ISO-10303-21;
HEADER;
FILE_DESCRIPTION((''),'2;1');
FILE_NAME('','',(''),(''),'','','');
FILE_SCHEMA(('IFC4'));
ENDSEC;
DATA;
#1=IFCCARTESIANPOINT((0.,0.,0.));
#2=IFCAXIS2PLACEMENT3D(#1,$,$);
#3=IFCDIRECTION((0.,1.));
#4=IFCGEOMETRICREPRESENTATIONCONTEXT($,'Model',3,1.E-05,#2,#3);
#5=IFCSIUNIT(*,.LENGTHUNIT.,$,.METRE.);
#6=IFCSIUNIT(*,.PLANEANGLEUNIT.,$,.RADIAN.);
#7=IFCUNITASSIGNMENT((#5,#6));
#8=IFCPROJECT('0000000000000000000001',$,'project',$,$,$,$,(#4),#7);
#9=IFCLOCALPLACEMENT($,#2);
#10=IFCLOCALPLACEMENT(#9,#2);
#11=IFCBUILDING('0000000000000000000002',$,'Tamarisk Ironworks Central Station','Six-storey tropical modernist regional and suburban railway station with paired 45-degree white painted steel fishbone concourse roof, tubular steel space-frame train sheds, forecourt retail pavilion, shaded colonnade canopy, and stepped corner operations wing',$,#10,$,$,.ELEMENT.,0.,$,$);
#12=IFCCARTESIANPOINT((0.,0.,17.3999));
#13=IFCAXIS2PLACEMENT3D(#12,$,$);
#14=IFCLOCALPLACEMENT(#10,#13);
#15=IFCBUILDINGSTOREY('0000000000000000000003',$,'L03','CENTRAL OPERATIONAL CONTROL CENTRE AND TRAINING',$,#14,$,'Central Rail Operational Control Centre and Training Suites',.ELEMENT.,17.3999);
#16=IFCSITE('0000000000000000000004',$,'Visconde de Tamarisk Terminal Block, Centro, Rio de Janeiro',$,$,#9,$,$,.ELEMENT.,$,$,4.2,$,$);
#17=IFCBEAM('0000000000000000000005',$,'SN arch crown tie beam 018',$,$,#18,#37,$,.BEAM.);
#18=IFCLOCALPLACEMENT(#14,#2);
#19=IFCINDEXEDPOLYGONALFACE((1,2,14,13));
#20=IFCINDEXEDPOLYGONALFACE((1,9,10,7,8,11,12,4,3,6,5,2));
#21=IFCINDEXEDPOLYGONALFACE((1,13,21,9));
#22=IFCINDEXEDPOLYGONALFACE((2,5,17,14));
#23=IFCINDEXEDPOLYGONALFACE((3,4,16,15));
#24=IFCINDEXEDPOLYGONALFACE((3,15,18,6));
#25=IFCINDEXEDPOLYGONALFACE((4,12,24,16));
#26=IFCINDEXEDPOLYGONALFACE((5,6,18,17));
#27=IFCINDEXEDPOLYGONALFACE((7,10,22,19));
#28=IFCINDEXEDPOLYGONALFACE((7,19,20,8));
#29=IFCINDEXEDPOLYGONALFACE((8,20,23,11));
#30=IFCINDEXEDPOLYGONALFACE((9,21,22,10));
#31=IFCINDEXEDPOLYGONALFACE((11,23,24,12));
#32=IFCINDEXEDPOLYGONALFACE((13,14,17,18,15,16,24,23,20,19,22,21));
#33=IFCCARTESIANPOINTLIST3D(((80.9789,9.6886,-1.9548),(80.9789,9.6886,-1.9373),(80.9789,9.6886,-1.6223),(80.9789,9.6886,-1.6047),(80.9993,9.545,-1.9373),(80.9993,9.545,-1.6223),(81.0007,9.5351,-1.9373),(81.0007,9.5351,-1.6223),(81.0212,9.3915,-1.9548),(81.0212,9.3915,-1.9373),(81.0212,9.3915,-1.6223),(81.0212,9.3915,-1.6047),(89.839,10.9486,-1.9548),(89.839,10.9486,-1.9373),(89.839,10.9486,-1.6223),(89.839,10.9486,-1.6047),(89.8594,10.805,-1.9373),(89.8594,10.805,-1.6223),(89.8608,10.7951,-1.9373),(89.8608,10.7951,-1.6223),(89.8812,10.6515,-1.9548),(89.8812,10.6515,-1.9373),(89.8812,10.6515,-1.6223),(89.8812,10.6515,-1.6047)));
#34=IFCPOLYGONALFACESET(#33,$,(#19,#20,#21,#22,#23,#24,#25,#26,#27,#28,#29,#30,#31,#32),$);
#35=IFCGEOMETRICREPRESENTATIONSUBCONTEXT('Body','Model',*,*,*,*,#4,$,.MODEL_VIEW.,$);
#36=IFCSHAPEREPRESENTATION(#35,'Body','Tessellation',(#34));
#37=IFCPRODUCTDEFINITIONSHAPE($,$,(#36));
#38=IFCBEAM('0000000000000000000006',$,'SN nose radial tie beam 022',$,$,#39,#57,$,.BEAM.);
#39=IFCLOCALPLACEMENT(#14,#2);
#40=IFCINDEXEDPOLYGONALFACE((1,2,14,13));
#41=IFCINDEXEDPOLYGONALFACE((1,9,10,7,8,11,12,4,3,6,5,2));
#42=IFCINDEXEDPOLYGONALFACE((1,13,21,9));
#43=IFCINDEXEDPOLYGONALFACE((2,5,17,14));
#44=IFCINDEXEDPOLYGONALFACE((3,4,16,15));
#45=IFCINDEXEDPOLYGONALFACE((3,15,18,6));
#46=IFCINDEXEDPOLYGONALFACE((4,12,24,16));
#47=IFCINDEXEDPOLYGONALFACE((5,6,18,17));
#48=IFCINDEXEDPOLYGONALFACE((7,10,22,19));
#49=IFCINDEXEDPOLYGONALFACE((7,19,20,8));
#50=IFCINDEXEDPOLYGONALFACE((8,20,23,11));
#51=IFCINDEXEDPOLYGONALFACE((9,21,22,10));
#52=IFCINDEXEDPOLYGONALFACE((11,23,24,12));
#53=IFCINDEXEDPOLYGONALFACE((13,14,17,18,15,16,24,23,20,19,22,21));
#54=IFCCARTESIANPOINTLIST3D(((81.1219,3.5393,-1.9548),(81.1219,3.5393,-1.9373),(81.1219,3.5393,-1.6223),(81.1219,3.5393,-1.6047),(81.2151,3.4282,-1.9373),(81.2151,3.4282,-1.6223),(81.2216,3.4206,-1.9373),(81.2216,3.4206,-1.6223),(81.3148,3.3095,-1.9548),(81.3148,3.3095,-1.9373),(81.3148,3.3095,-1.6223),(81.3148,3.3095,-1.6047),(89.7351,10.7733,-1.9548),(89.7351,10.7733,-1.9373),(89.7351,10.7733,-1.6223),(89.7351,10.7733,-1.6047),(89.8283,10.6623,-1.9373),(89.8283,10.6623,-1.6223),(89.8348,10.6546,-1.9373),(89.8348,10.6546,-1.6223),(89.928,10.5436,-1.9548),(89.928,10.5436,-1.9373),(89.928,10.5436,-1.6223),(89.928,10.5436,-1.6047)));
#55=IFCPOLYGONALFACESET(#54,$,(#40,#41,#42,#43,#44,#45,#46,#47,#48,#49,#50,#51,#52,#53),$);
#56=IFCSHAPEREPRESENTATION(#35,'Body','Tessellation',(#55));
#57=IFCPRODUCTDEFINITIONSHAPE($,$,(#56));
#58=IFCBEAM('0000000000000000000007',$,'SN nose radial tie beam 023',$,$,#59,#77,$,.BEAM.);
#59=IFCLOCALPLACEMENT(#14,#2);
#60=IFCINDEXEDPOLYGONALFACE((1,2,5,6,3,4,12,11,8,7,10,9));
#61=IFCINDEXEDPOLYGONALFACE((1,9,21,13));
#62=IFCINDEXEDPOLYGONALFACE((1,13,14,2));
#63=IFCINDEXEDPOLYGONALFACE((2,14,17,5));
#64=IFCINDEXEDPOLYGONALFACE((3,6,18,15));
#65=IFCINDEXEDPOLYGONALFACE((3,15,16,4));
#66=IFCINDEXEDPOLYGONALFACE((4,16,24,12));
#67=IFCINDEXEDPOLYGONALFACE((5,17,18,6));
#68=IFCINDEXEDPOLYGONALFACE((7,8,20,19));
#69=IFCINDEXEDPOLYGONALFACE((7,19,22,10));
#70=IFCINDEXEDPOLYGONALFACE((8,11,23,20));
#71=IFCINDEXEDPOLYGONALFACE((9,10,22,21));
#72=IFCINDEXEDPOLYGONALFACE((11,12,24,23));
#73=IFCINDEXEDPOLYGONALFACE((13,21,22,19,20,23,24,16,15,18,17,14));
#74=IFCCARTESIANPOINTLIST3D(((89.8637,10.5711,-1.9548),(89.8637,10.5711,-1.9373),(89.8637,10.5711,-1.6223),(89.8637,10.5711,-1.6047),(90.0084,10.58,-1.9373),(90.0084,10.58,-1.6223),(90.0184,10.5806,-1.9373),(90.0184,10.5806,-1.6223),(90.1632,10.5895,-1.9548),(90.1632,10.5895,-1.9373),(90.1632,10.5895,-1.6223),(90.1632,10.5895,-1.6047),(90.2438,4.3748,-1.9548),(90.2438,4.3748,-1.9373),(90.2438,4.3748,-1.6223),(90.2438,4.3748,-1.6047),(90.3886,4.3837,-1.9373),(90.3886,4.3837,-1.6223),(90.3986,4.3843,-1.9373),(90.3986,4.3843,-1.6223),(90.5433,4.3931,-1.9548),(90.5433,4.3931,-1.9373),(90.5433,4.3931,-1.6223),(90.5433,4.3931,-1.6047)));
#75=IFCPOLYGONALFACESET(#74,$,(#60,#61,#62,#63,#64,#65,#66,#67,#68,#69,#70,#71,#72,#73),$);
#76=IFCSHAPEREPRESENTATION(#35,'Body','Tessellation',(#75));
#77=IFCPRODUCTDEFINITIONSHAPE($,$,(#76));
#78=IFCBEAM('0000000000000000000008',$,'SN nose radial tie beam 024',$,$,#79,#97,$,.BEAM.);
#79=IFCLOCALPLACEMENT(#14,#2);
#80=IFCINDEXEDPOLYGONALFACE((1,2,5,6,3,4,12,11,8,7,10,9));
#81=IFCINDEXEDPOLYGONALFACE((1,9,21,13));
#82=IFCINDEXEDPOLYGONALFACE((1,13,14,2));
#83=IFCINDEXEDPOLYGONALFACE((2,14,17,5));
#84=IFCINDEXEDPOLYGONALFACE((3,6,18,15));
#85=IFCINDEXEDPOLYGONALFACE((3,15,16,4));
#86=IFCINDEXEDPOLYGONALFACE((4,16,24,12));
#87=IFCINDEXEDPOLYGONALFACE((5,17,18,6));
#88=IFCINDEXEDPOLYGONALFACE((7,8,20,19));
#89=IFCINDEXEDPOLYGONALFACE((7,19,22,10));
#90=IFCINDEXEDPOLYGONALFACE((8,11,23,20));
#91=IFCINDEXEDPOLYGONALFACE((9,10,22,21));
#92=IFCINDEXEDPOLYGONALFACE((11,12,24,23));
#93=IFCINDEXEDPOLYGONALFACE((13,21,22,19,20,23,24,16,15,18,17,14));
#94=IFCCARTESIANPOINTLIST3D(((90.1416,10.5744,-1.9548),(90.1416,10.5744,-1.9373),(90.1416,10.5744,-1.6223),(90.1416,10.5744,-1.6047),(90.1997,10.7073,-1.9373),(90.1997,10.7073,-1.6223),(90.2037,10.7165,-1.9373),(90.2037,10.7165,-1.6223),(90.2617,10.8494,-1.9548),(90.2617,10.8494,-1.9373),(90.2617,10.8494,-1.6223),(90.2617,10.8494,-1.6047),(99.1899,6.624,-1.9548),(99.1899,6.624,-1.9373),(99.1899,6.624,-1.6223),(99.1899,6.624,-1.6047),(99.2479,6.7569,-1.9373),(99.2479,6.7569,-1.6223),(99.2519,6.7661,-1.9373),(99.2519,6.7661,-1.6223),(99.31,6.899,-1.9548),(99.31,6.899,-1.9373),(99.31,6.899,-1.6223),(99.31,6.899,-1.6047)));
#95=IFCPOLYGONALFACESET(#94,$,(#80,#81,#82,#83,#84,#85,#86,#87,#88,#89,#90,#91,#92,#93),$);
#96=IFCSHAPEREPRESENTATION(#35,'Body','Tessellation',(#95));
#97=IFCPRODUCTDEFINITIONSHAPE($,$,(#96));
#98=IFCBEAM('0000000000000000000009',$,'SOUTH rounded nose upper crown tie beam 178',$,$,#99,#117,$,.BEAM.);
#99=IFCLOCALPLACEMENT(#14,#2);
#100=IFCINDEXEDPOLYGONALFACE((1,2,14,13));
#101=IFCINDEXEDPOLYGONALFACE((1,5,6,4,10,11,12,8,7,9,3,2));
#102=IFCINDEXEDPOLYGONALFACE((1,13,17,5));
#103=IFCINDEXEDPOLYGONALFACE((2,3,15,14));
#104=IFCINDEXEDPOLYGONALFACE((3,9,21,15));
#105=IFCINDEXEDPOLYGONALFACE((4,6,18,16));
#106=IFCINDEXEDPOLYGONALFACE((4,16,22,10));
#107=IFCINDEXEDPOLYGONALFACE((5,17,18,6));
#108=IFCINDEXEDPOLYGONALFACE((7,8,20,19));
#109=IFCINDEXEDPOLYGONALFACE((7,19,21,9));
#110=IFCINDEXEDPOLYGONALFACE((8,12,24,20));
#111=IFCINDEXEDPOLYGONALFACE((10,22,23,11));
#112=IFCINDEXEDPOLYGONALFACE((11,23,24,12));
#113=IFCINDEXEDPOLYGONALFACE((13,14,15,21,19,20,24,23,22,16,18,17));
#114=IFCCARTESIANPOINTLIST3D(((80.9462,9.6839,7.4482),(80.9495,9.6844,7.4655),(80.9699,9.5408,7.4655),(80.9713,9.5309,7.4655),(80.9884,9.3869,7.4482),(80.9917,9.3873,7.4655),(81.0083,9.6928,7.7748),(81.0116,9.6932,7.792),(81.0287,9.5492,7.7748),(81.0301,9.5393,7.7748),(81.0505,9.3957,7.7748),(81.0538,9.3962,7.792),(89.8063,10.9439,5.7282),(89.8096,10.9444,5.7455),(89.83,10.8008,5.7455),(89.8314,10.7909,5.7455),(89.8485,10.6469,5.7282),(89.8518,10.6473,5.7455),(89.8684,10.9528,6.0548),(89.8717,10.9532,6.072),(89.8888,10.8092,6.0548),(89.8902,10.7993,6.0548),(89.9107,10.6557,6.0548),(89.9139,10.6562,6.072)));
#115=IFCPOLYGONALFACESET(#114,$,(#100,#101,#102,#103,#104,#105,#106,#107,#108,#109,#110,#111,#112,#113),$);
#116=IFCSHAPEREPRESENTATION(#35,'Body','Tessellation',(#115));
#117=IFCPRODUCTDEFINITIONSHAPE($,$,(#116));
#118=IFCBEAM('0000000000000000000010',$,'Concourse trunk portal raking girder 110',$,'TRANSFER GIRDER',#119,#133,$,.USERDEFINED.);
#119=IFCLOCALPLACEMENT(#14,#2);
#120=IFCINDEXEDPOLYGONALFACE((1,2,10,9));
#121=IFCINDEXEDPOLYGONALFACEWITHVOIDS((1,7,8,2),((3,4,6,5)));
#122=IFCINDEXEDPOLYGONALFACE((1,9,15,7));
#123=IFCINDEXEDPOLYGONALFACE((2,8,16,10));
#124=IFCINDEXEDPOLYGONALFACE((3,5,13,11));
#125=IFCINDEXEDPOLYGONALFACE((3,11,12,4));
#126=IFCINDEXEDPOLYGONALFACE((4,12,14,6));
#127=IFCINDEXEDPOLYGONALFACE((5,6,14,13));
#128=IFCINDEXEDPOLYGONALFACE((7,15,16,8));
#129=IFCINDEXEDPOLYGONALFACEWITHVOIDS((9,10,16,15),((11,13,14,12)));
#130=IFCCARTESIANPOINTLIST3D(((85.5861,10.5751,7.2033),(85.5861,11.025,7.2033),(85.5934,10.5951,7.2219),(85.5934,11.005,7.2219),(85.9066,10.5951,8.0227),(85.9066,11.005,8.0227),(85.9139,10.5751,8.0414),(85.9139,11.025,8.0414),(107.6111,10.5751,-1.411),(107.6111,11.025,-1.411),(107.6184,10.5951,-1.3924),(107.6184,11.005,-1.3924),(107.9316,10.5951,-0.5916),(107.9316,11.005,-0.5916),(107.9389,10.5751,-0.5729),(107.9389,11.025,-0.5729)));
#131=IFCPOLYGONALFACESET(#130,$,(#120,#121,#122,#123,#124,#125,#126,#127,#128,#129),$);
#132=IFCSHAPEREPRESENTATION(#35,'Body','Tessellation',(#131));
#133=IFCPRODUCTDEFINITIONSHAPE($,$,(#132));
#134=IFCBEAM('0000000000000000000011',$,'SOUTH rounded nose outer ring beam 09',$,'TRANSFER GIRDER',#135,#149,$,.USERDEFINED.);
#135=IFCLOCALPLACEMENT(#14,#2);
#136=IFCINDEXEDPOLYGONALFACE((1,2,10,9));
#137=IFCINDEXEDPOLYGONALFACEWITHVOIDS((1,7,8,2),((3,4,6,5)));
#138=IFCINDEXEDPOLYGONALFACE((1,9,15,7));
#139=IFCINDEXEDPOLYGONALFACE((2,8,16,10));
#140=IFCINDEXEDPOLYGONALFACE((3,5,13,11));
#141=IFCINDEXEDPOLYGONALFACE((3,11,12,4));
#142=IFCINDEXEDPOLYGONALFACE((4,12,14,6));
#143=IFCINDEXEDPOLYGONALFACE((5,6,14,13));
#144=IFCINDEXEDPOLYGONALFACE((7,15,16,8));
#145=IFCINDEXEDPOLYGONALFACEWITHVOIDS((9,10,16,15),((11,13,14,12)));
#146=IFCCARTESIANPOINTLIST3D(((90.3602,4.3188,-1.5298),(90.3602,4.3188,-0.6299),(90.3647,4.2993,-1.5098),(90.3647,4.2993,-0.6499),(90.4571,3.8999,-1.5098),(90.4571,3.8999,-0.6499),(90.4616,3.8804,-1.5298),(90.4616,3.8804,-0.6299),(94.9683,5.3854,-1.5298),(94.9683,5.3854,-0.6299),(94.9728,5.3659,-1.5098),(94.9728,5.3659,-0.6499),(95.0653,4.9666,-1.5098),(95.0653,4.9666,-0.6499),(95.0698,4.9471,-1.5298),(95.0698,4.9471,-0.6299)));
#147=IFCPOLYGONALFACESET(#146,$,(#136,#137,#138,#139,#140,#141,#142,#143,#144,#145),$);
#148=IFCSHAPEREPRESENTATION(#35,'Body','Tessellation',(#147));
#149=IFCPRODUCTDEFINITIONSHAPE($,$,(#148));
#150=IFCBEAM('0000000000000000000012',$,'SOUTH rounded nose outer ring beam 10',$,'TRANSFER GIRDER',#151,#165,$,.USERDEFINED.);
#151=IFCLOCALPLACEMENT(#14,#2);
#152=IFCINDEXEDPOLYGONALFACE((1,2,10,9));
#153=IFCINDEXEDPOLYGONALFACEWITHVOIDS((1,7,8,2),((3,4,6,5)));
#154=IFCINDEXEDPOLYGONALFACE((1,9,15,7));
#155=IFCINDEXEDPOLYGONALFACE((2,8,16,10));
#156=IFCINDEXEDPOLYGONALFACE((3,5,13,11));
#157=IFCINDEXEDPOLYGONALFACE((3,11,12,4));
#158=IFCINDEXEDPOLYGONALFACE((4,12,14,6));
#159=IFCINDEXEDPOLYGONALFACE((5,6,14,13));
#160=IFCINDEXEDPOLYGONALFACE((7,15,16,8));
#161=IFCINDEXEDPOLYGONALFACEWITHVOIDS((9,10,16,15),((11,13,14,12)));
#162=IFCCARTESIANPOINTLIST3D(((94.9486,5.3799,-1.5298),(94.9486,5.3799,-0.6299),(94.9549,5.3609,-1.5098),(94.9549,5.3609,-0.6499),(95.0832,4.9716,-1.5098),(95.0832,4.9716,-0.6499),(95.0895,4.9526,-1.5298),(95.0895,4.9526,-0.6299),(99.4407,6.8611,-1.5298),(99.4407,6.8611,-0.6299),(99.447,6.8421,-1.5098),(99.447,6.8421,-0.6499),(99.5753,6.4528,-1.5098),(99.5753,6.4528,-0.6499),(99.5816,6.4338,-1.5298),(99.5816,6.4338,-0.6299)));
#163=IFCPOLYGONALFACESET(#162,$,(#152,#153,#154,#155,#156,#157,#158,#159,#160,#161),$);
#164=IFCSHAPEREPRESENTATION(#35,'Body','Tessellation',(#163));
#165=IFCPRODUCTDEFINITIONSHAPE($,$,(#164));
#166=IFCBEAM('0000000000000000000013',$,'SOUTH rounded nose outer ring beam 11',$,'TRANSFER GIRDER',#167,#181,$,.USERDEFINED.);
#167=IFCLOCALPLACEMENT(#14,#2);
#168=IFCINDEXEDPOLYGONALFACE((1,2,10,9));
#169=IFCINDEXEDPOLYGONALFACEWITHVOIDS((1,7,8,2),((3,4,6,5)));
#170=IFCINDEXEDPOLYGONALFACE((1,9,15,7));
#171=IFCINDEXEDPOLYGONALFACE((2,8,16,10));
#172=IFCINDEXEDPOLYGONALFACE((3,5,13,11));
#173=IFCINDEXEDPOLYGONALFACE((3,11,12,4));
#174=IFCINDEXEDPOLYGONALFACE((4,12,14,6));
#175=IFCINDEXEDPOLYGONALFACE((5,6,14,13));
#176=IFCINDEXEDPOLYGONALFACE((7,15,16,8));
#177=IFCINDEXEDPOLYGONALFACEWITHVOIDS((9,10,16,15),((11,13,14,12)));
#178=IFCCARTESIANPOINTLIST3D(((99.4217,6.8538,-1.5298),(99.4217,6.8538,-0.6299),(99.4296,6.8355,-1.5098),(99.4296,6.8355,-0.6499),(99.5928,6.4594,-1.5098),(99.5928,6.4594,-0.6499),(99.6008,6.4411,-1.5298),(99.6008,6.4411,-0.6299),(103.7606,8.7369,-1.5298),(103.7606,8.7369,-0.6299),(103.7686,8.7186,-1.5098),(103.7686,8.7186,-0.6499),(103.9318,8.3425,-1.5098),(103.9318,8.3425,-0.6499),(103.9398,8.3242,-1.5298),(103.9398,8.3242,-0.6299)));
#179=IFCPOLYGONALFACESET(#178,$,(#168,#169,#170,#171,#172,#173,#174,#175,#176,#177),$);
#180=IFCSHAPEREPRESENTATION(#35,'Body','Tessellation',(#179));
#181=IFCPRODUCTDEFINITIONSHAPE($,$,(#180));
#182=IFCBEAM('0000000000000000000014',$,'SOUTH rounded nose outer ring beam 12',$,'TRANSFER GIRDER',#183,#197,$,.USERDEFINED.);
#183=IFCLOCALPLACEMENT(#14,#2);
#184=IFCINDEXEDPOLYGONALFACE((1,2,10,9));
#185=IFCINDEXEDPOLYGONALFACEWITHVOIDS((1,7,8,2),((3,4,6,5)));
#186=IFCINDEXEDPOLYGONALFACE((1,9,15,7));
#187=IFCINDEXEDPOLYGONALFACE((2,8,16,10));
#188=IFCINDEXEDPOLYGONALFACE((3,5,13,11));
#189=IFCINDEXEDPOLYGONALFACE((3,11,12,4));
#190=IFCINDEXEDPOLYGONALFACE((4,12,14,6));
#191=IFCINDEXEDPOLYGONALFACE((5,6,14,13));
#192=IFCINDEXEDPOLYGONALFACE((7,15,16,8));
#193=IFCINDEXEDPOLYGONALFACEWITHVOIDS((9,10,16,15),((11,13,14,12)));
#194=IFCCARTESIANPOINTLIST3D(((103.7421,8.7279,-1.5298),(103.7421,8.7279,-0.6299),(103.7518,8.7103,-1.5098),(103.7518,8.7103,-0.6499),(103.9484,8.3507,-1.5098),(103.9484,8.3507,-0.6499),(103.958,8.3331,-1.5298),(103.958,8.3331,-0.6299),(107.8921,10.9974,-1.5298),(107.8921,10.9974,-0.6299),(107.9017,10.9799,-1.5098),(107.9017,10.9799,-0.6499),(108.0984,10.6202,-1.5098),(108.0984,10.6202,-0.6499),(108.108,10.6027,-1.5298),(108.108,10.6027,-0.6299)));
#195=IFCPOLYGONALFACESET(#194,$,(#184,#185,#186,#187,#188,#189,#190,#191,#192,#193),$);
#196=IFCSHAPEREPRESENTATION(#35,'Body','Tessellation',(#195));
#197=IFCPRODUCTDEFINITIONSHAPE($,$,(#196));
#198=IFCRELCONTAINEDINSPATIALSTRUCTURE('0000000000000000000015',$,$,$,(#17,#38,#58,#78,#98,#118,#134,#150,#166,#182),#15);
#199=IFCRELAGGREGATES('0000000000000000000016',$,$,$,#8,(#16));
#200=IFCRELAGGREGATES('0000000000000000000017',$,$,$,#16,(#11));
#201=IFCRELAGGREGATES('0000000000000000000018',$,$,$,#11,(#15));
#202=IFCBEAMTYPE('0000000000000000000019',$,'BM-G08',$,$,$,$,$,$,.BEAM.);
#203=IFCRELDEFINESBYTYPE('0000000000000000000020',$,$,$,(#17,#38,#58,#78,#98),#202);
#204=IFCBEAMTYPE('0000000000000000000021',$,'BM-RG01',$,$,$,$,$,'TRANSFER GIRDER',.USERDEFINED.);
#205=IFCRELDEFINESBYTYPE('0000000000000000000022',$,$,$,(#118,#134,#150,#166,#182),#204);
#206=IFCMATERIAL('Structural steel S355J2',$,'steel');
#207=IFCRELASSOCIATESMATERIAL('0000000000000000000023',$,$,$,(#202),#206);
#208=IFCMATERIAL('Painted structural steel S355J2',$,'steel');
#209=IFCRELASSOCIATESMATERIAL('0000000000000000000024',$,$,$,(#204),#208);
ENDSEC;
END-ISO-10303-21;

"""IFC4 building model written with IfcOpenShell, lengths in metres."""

from ifc_helpers import new_model, si_unit, direction, frame, origin, origin_2d, place, context, subcontext, project, spatial, hollow_rectangle, i_section, extrude, material, material_profile, profile_set, type_object, element, save


model = new_model("IFC4")

# Units and contexts
model_context = context("Model", 3, precision=1e-05, world=origin(), true_north=direction((0.0, 1.0)))
body_context = subcontext(model_context, "Body", "Model", "MODEL_VIEW")
ifc_project = project(units=[si_unit("LENGTHUNIT", "METRE"), si_unit("PLANEANGLEUNIT", "RADIAN")], contexts=[model_context])

# Site, building, storey
site_placement = place(None, origin())
site = spatial("IfcSite", under=ifc_project, at=site_placement, Name="Visconde de Tamarisk Terminal Block, Centro, Rio de Janeiro", CompositionType="ELEMENT", RefElevation=4.2)
building_placement = place(site_placement, origin())
building = spatial("IfcBuilding", under=site, at=building_placement, Name="Tamarisk Ironworks Central Station", Description="Six-storey tropical modernist regional and suburban railway station with paired 45-degree white painted steel fishbone concourse roof, tubular steel space-frame train sheds, forecourt retail pavilion, shaded colonnade canopy, and stepped corner operations wing", CompositionType="ELEMENT", ElevationOfRefHeight=0.0)
storey_placement = place(building_placement, frame((0.0, 0.0, 17.3999)))
storey = spatial("IfcBuildingStorey", under=building, at=storey_placement, Name="L03", Description="CENTRAL OPERATIONAL CONTROL CENTRE AND TRAINING", LongName="Central Rail Operational Control Centre and Training Suites", CompositionType="ELEMENT", Elevation=17.3999)

# Shared definitions
ifc_material_1 = material(Name="Structural steel S355J2", Category="steel")

# Beams
ifc_material_2 = material(Name="Painted structural steel S355J2", Category="steel")
ifc_material_profile_1 = material_profile(ifc_material_1, i_section(OverallWidth=0.3, OverallDepth=0.3501, WebThickness=0.01, FlangeThickness=0.0176, at=origin_2d()), Name="HEA 360")
ifc_profile_set_1 = profile_set([ifc_material_profile_1], Name="Structural steel S355J2")
beam_type_1 = type_object("IfcBeamType", Name="BM-G08", PredefinedType="BEAM", material=ifc_profile_set_1)
beam_1_placement = place(storey_placement, frame((89.8601, 10.8, -1.7798), z_axis=(-0.990039, -0.140795, 0.0), x_axis=(0.140795, -0.990039, 0.0)))
element("IfcBeam", 1, at=beam_1_placement, inside=storey, type_object=beam_type_1, Name="SN arch crown tie beam 018", PredefinedType="BEAM", context=body_context, shape_type="SweptSolid", body=[
    extrude(i_section(OverallWidth=0.3, OverallDepth=0.3501, WebThickness=0.01, FlangeThickness=0.0176, at=origin_2d()), origin(), (0.0, 0.0, 1.0), 8.9492),
])
beam_2_placement = place(storey_placement, frame((89.8315, 10.6584, -1.7798), z_axis=(-0.76575, -0.643139, 0.0), x_axis=(0.643139, -0.76575, 0.0)))
element("IfcBeam", 2, at=beam_2_placement, inside=storey, type_object=beam_type_1, Name="SN nose radial tie beam 022", PredefinedType="BEAM", context=body_context, shape_type="SweptSolid", body=[
    extrude(i_section(OverallWidth=0.3, OverallDepth=0.3501, WebThickness=0.01, FlangeThickness=0.0176, at=origin_2d()), origin(), (0.0, 0.0, 1.0), 11.248),
])
beam_3_placement = place(storey_placement, frame((90.0134, 10.5803, -1.7798), z_axis=(0.061232, -0.998124, 0.0), x_axis=(0.998124, 0.061232, 0.0)))
element("IfcBeam", 3, at=beam_3_placement, inside=storey, type_object=beam_type_1, Name="SN nose radial tie beam 023", PredefinedType="BEAM", context=body_context, shape_type="SweptSolid", body=[
    extrude(i_section(OverallWidth=0.3, OverallDepth=0.3501, WebThickness=0.01, FlangeThickness=0.0176, at=origin_2d()), origin(), (0.0, 0.0, 1.0), 6.208),
])
beam_4_placement = place(storey_placement, frame((90.2017, 10.7119, -1.7798), z_axis=(0.916462, -0.400121, 0.0), x_axis=(0.400121, 0.916462, 0.0)))
element("IfcBeam", 4, at=beam_4_placement, inside=storey, type_object=beam_type_1, Name="SN nose radial tie beam 024", PredefinedType="BEAM", context=body_context, shape_type="SweptSolid", body=[
    extrude(i_section(OverallWidth=0.3, OverallDepth=0.3501, WebThickness=0.01, FlangeThickness=0.0176, at=origin_2d()), origin(), (0.0, 0.0, 1.0), 9.873),
])
beam_5_placement = place(storey_placement, frame((89.8601, 10.8, 5.9001), z_axis=(-0.972245, -0.138265, 0.188737), x_axis=(0.140795, -0.990039, 0.0)))
element("IfcBeam", 5, at=beam_5_placement, inside=storey, type_object=beam_type_1, Name="SOUTH rounded nose upper crown tie beam 178", PredefinedType="BEAM", context=body_context, shape_type="SweptSolid", body=[
    extrude(i_section(OverallWidth=0.3, OverallDepth=0.3501, WebThickness=0.01, FlangeThickness=0.0176, at=origin_2d()), origin(), (0.0, 0.0, 1.0), 9.113),
])
ifc_material_profile_2 = material_profile(ifc_material_2, hollow_rectangle(XDim=0.45, YDim=0.8999, WallThickness=0.02, at=origin_2d()), Name="BOX 450x900x20")
ifc_profile_set_2 = profile_set([ifc_material_profile_2], Name="Painted structural steel S355J2")
beam_type_2 = type_object("IfcBeamType", Name="BM-RG01", ElementType="TRANSFER GIRDER", PredefinedType="USERDEFINED", material=ifc_profile_set_2)
beam_6_placement = place(storey_placement, frame((85.75, 10.8, 7.6223), z_axis=(0.931303, 0.0, -0.364246), x_axis=(0.0, 1.0, 0.0)))
element("IfcBeam", 6, at=beam_6_placement, inside=storey, type_object=beam_type_2, Name="Concourse trunk portal raking girder 110", ObjectType="TRANSFER GIRDER", PredefinedType="USERDEFINED", context=body_context, shape_type="SweptSolid", body=[
    extrude(hollow_rectangle(XDim=0.45, YDim=0.8999, WallThickness=0.02, at=origin_2d()), origin(), (0.0, 0.0, 1.0), 23.6497),
])
for number, where, z_axis, x_axis, name in (
    (7, (90.4109, 4.0996, -1.0798), (0.974241, 0.225508, 0.0), (-0.225508, 0.974241, 0.0), "SOUTH rounded nose outer ring beam 09"),
    (8, (95.019, 5.1663, -1.0798), (0.949705, 0.313145, 0.0), (-0.313145, 0.949705, 0.0), "SOUTH rounded nose outer ring beam 10"),
    (9, (99.5112, 6.6475, -1.0798), (0.917333, 0.39812, 0.0), (-0.39812, 0.917333, 0.0), "SOUTH rounded nose outer ring beam 11"),
    (10, (103.8501, 8.5305, -1.0798), (0.877366, 0.479821, 0.0), (-0.479821, 0.877366, 0.0), "SOUTH rounded nose outer ring beam 12"),
):
    element("IfcBeam", number, at=place(storey_placement, frame(where, z_axis=z_axis, x_axis=x_axis)), inside=storey, type_object=beam_type_2, Name=name, ObjectType="TRANSFER GIRDER", PredefinedType="USERDEFINED", context=body_context, shape_type="SweptSolid", body=[
        extrude(hollow_rectangle(XDim=0.45, YDim=0.8999, WallThickness=0.02, at=origin_2d()), origin(), (0.0, 0.0, 1.0), 4.73),
    ])

save(model, "model.ifc")
